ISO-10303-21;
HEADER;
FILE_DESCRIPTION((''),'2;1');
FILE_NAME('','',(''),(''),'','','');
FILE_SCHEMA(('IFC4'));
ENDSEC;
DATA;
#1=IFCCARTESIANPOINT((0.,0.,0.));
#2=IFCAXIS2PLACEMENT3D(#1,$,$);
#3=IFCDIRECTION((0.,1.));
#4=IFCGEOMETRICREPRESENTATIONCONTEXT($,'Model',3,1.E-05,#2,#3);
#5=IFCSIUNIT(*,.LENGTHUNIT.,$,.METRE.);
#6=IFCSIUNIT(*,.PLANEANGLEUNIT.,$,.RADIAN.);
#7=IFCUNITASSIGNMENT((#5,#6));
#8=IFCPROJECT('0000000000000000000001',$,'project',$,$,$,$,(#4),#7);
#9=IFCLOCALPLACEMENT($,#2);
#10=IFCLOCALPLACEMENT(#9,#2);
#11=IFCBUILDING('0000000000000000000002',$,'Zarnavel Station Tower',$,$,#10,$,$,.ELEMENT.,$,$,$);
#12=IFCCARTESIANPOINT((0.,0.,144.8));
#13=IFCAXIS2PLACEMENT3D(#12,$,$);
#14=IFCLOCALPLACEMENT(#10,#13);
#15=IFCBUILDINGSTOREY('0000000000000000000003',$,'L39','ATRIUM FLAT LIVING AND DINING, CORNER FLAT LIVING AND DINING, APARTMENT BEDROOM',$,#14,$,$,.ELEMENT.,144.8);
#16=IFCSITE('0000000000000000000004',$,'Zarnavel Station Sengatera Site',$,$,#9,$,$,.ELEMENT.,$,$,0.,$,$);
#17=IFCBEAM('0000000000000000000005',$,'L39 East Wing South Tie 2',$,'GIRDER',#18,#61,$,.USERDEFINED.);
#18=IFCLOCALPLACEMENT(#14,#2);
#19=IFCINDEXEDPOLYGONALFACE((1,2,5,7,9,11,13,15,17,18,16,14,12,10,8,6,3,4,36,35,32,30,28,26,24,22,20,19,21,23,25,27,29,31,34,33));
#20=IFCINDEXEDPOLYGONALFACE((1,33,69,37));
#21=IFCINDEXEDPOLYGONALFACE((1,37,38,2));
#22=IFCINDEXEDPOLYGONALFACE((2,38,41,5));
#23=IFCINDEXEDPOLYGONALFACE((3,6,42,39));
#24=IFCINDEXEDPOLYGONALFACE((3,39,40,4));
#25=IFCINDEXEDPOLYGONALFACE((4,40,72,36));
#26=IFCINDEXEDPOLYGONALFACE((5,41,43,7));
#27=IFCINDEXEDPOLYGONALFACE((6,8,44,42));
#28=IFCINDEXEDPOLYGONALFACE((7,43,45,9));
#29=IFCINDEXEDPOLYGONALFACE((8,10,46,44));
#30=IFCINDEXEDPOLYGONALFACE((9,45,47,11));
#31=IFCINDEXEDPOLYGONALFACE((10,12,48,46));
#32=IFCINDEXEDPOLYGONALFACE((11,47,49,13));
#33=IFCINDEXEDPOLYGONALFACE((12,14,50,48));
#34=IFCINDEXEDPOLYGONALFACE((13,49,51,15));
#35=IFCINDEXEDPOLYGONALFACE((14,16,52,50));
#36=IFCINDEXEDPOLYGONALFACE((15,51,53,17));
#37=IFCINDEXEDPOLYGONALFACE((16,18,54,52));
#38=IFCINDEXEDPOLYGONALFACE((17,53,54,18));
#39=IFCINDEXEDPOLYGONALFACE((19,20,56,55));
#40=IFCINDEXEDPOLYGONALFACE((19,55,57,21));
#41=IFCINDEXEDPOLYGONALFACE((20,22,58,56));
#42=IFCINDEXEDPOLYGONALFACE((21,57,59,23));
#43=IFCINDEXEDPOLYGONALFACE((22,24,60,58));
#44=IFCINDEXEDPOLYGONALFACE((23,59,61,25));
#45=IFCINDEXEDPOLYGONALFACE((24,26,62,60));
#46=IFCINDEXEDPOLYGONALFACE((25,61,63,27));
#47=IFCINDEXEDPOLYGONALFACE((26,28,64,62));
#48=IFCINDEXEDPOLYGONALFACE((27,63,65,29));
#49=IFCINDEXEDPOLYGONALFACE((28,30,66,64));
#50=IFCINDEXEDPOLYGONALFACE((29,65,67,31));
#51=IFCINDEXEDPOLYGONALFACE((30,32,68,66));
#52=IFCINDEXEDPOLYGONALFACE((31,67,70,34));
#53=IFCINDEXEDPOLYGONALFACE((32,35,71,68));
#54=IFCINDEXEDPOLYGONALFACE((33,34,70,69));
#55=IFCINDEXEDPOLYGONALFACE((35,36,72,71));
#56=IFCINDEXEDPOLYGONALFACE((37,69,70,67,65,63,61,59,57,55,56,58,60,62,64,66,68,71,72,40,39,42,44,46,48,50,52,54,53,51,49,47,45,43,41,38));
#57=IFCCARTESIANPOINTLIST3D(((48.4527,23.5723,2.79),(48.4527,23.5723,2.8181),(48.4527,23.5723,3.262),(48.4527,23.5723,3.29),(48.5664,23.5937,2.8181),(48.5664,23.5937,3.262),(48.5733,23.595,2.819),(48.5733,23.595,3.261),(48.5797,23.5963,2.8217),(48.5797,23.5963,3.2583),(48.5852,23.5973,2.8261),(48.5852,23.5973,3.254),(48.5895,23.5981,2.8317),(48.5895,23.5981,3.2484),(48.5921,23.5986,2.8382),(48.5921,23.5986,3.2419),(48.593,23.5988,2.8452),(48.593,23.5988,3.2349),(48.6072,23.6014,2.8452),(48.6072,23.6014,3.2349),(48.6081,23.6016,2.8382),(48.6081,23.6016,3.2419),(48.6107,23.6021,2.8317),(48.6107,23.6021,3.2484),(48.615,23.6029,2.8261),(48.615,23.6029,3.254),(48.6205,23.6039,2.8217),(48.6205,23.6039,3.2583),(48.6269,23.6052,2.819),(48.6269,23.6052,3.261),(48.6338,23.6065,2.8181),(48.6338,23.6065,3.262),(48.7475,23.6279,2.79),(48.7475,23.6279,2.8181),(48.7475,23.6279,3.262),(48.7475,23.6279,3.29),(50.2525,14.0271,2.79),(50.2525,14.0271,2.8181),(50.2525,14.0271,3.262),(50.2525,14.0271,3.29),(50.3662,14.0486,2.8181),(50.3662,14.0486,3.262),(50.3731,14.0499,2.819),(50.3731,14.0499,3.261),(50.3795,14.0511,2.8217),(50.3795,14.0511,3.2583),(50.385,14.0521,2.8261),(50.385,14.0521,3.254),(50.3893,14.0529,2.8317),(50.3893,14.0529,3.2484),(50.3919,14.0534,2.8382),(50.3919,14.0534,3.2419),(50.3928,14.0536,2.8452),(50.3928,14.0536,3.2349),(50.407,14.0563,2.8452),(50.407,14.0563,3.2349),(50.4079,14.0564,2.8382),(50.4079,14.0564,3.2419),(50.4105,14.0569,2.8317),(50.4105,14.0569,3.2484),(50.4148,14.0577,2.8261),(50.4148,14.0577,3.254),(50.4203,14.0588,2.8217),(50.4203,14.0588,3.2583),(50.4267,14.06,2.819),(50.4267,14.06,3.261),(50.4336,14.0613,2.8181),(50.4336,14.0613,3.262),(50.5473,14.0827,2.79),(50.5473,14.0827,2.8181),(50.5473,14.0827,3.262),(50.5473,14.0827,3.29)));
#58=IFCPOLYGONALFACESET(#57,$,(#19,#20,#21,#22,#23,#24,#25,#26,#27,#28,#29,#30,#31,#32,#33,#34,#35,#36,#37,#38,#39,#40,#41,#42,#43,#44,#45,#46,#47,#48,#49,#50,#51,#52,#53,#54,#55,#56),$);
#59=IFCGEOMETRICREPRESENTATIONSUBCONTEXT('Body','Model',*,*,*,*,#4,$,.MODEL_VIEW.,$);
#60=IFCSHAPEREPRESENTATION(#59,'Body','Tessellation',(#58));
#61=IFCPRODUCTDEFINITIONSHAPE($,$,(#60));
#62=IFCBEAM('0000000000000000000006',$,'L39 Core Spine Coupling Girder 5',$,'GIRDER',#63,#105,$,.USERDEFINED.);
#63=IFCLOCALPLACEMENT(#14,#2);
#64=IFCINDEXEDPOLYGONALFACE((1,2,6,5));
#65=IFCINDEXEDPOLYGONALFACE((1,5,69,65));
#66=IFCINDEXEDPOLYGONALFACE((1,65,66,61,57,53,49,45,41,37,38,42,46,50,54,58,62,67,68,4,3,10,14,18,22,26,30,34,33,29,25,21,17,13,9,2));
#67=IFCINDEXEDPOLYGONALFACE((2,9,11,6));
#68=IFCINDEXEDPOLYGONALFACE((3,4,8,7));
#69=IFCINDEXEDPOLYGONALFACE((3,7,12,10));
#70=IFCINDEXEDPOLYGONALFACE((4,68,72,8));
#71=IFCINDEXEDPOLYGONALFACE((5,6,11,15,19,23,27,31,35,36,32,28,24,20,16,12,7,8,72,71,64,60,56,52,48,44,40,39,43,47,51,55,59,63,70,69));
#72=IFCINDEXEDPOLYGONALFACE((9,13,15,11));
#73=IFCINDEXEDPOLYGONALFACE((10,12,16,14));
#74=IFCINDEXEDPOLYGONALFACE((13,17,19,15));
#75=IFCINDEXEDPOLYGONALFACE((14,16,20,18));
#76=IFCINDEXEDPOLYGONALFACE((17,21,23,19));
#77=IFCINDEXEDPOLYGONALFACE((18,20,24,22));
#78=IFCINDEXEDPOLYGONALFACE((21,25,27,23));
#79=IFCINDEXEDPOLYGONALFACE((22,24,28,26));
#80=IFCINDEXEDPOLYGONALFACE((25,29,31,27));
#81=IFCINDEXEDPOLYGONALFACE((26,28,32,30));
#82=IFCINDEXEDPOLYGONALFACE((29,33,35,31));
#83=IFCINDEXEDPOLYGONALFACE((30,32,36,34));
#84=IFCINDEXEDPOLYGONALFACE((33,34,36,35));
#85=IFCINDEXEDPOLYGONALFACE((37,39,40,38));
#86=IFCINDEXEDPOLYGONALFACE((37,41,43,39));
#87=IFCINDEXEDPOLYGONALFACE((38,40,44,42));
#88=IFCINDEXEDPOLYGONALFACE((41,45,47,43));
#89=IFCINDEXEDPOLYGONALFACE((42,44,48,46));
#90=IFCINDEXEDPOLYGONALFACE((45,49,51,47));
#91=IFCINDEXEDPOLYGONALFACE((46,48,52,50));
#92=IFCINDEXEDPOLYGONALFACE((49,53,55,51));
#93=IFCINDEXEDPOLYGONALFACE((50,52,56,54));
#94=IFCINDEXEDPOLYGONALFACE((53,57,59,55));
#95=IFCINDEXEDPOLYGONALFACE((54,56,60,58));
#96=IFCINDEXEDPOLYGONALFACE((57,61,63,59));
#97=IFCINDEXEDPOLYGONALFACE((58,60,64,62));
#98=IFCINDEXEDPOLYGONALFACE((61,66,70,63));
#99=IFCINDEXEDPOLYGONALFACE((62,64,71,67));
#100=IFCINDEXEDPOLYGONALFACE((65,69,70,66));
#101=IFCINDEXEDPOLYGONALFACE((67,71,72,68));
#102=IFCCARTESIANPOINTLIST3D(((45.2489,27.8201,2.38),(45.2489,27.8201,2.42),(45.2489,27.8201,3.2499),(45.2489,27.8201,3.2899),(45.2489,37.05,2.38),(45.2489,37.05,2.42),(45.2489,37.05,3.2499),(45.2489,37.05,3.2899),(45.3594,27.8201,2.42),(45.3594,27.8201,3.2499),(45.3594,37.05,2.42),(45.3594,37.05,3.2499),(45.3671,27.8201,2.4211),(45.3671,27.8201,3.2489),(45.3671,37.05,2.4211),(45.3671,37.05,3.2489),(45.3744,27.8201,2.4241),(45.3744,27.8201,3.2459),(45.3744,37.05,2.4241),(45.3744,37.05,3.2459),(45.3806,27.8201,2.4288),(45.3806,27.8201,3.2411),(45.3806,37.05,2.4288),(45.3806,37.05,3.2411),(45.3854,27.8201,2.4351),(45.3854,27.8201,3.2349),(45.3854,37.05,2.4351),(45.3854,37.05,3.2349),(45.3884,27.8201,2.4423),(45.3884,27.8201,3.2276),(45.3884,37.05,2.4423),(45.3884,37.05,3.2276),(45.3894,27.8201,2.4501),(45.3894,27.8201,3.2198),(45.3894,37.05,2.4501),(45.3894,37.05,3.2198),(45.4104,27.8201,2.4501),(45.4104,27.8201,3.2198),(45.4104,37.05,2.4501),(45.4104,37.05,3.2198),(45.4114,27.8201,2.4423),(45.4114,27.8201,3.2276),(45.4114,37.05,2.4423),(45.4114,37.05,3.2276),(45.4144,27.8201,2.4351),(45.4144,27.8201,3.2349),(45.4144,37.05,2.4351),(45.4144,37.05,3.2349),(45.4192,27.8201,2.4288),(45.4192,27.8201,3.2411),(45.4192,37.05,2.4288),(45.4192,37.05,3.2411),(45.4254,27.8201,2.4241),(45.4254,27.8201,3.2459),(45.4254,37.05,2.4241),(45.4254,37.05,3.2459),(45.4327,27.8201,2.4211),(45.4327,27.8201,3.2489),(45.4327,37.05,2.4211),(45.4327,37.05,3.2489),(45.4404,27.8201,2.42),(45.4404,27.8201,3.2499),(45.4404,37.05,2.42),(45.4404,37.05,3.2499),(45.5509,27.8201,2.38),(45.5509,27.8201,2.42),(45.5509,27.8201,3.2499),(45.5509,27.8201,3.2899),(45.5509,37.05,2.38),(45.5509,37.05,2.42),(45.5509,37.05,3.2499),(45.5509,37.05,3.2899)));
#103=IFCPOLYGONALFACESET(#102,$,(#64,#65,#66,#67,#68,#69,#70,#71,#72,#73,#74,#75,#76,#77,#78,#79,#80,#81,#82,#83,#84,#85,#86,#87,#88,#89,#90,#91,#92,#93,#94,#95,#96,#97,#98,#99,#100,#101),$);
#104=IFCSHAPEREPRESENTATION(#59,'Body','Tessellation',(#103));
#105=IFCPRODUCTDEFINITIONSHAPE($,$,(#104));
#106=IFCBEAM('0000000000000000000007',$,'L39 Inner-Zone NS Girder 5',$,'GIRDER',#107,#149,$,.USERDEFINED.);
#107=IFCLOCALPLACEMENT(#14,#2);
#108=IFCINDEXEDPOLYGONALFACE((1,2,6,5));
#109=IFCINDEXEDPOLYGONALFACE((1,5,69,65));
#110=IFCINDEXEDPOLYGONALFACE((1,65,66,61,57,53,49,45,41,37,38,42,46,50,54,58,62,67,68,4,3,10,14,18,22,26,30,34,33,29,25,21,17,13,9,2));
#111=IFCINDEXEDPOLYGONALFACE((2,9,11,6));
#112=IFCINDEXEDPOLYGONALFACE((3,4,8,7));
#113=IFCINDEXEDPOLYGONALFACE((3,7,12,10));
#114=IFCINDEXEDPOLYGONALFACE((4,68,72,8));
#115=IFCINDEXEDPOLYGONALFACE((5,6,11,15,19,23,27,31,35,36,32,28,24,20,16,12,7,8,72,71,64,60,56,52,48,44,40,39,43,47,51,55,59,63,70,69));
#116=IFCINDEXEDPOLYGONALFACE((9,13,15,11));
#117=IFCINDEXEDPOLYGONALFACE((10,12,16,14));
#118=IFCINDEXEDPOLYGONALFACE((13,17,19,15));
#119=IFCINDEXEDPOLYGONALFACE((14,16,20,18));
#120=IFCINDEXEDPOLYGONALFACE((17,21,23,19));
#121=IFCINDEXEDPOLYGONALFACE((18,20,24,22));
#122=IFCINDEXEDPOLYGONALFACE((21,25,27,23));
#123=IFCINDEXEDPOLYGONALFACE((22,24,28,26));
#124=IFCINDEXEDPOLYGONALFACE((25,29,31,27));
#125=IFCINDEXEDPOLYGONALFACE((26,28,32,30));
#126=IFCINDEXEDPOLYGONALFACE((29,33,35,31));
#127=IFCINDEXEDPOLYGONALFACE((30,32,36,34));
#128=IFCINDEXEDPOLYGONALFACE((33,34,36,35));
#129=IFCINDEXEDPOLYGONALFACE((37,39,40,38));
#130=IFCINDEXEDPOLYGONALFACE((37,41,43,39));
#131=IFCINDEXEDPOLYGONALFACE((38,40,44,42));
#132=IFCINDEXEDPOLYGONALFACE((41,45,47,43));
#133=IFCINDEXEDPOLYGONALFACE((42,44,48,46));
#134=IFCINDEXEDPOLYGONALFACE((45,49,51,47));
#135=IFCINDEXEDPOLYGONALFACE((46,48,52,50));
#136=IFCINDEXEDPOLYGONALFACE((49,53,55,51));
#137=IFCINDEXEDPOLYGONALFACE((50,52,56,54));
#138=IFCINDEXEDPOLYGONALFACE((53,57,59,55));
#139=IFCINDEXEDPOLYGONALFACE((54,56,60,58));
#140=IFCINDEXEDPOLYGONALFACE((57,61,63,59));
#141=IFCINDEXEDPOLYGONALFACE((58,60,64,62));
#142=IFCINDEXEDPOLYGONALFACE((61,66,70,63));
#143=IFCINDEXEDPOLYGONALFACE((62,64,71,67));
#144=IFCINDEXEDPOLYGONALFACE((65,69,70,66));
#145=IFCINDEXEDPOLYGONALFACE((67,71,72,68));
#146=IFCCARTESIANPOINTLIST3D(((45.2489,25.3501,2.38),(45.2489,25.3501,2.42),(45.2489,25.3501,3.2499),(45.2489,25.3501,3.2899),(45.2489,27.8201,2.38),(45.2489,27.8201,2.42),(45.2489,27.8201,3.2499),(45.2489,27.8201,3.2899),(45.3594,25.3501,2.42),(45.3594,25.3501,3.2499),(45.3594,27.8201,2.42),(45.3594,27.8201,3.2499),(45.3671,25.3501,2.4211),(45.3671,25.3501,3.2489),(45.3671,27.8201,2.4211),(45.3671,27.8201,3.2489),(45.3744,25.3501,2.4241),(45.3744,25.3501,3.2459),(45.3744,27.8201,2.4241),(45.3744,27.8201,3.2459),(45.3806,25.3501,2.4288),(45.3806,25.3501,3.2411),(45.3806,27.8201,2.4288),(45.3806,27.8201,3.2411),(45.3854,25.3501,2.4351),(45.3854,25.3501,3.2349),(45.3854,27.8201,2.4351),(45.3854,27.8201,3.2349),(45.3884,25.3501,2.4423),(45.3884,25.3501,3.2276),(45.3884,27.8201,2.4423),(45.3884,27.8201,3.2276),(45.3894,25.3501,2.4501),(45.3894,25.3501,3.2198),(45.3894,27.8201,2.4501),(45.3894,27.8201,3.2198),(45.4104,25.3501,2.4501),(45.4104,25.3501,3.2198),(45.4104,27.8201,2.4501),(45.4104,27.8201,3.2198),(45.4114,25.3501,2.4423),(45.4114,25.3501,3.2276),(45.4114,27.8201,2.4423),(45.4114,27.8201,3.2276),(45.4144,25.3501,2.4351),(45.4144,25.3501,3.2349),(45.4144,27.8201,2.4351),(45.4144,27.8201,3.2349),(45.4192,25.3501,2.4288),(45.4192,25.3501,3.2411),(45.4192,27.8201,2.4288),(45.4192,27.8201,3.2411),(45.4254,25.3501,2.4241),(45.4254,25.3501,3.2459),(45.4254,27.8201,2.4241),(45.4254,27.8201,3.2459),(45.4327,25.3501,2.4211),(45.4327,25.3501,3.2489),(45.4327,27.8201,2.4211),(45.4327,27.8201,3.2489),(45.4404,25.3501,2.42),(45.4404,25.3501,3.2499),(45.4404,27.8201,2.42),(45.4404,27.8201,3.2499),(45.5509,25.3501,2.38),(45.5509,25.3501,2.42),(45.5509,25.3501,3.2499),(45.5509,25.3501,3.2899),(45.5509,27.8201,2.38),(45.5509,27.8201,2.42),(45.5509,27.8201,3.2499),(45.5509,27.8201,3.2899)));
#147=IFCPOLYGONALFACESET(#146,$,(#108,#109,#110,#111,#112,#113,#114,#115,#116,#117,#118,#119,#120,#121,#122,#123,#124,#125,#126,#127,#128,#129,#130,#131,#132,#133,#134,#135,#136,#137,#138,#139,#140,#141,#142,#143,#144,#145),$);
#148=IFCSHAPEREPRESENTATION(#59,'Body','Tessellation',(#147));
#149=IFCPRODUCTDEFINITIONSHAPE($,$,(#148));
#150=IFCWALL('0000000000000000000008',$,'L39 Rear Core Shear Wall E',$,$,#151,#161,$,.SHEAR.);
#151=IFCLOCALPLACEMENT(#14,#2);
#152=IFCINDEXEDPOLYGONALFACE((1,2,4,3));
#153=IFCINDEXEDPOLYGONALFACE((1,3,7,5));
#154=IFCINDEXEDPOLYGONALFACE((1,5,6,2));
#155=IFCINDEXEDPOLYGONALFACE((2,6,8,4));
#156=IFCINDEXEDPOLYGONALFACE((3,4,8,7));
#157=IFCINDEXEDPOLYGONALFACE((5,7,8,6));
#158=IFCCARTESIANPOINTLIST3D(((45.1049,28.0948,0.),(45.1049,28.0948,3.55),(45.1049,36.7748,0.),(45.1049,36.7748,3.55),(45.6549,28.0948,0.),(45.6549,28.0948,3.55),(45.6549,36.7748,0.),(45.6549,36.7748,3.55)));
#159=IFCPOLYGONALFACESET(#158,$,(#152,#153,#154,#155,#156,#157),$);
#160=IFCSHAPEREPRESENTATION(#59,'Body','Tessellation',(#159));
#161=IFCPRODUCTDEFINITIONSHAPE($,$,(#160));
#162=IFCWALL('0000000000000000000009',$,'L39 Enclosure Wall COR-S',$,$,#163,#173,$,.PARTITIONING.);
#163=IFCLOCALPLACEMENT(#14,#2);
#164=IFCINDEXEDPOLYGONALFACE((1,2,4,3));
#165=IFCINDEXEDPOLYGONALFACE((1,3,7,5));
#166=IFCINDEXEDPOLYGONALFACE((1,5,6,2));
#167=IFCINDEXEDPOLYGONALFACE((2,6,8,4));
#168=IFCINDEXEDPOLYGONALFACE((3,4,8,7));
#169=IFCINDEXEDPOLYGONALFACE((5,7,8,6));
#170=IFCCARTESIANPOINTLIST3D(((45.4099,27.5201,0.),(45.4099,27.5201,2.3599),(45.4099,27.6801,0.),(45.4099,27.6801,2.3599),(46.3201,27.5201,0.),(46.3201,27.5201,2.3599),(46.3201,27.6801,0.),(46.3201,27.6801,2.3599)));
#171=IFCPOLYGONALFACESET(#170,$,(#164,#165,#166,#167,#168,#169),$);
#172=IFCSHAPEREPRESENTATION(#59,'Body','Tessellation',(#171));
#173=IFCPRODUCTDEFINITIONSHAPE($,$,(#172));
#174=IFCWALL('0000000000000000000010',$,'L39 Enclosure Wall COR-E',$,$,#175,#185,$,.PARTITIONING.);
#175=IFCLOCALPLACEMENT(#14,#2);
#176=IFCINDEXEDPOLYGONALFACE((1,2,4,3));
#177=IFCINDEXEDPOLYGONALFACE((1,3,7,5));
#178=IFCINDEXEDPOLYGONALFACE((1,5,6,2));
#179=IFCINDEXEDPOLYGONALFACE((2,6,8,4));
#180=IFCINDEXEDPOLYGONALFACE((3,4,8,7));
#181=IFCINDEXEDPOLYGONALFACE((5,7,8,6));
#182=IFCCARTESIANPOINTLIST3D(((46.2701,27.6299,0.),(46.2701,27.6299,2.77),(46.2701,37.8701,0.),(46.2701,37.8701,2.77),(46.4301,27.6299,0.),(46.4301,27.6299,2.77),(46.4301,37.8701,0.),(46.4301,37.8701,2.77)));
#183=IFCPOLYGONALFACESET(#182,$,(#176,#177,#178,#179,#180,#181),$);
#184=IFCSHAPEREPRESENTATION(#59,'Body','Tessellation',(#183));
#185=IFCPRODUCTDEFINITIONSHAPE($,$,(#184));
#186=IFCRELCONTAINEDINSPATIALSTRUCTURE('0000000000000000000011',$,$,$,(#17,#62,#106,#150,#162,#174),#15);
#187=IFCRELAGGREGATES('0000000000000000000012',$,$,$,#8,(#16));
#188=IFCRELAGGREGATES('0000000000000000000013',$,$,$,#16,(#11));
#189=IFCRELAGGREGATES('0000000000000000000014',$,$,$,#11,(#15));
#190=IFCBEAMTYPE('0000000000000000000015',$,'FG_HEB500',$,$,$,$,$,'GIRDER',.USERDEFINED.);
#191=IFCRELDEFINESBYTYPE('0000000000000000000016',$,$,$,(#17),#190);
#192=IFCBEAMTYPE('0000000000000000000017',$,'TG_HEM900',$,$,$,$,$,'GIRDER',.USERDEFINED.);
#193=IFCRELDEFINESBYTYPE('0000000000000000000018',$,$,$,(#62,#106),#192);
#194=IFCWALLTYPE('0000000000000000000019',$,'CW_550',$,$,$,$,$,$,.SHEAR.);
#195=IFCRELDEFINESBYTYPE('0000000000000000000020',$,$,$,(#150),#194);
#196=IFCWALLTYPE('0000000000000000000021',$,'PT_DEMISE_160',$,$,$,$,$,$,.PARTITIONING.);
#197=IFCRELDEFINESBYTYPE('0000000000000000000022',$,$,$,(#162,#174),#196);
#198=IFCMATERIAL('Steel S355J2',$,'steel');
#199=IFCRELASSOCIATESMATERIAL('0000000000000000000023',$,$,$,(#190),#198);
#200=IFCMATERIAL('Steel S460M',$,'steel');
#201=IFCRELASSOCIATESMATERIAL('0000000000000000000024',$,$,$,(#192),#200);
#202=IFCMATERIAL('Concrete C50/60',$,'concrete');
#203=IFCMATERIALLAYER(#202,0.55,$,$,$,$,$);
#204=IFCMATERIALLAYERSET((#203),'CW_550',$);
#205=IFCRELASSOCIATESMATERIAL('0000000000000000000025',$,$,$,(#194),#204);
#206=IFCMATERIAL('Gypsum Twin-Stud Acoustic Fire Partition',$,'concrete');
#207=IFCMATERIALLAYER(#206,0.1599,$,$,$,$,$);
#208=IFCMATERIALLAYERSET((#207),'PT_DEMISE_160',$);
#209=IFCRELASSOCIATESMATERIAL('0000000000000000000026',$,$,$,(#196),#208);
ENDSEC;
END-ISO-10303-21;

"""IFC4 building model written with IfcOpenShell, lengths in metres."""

from ifc_helpers import new_model, si_unit, direction, frame, frame_2d, origin, origin_2d, place, context, subcontext, project, spatial, rectangle, i_section, extrude, material, layer, layer_set, material_profile, profile_set, type_object, element, save


model = new_model("IFC4")

# Units and contexts
model_context = context("Model", 3, precision=1e-05, world=origin(), true_north=direction((0.0, 1.0)))
body_context = subcontext(model_context, "Body", "Model", "MODEL_VIEW")
ifc_project = project(units=[si_unit("LENGTHUNIT", "METRE"), si_unit("PLANEANGLEUNIT", "RADIAN")], contexts=[model_context])

# Site, building, storey
site_placement = place(None, origin())
site = spatial("IfcSite", under=ifc_project, at=site_placement, Name="Zarnavel Station Sengatera Site", CompositionType="ELEMENT", RefElevation=0.0)
building_placement = place(site_placement, origin())
building = spatial("IfcBuilding", under=site, at=building_placement, Name="Zarnavel Station Tower", CompositionType="ELEMENT")
storey_placement = place(building_placement, frame((0.0, 0.0, 144.8)))
storey = spatial("IfcBuildingStorey", under=building, at=storey_placement, Name="L39", Description="ATRIUM FLAT LIVING AND DINING, CORNER FLAT LIVING AND DINING, APARTMENT BEDROOM", CompositionType="ELEMENT", Elevation=144.8)

# Beams
ifc_material_1 = material(Name="Steel S355J2", Category="steel")
ifc_material_profile_1 = material_profile(ifc_material_1, i_section(OverallWidth=0.3, OverallDepth=0.5, WebThickness=0.0144, FlangeThickness=0.0281, FilletRadius=0.0271, at=origin_2d()), Name="HEB500")
ifc_profile_set_1 = profile_set([ifc_material_profile_1], Name="Steel S355J2")
beam_type_1 = type_object("IfcBeamType", Name="FG_HEB500", ElementType="GIRDER", PredefinedType="USERDEFINED", material=ifc_profile_set_1)
beam_1_placement = place(storey_placement, frame((48.6001, 23.6001, 3.04), z_axis=(0.185292, -0.982684, 0.0), x_axis=(0.982684, 0.185292, 0.0)))
element("IfcBeam", 1, at=beam_1_placement, inside=storey, type_object=beam_type_1, Name="L39 East Wing South Tie 2", ObjectType="GIRDER", PredefinedType="USERDEFINED", context=body_context, shape_type="SweptSolid", body=[
    extrude(i_section(OverallWidth=0.3, OverallDepth=0.5, WebThickness=0.0144, FlangeThickness=0.0281, FilletRadius=0.0271, at=origin_2d()), origin(), (0.0, 0.0, 1.0), 9.7134),
])
ifc_material_2 = material(Name="Steel S460M", Category="steel")
ifc_material_profile_2 = material_profile(ifc_material_2, i_section(OverallWidth=0.302, OverallDepth=0.9099, WebThickness=0.021, FlangeThickness=0.04, FilletRadius=0.03, at=origin_2d()), Name="HEM900")
ifc_profile_set_2 = profile_set([ifc_material_profile_2], Name="Steel S460M")
beam_type_2 = type_object("IfcBeamType", Name="TG_HEM900", ElementType="GIRDER", PredefinedType="USERDEFINED", material=ifc_profile_set_2)
beam_2_placement = place(storey_placement, frame((45.3999, 27.8201, 2.835), z_axis=(0.0, 1.0, 0.0), x_axis=(-1.0, 0.0, 0.0)))
element("IfcBeam", 2, at=beam_2_placement, inside=storey, type_object=beam_type_2, Name="L39 Core Spine Coupling Girder 5", ObjectType="GIRDER", PredefinedType="USERDEFINED", context=body_context, shape_type="SweptSolid", body=[
    extrude(i_section(OverallWidth=0.302, OverallDepth=0.9099, WebThickness=0.021, FlangeThickness=0.04, FilletRadius=0.03, at=origin_2d()), origin(), (0.0, 0.0, 1.0), 9.23),
])
beam_3_placement = place(storey_placement, frame((45.3999, 25.3501, 2.835), z_axis=(0.0, 1.0, 0.0), x_axis=(-1.0, 0.0, 0.0)))
element("IfcBeam", 3, at=beam_3_placement, inside=storey, type_object=beam_type_2, Name="L39 Inner-Zone NS Girder 5", ObjectType="GIRDER", PredefinedType="USERDEFINED", context=body_context, shape_type="SweptSolid", body=[
    extrude(i_section(OverallWidth=0.302, OverallDepth=0.9099, WebThickness=0.021, FlangeThickness=0.04, FilletRadius=0.03, at=origin_2d()), origin(), (0.0, 0.0, 1.0), 2.47),
])

# Shared definitions
ifc_material_3 = material(Name="Concrete C50/60", Category="concrete")
ifc_layer_1 = layer(ifc_material_3, 0.55)
ifc_layer_set_1 = layer_set([ifc_layer_1], Name="CW_550")
wall_type_1 = type_object("IfcWallType", Name="CW_550", PredefinedType="SHEAR", material=ifc_layer_set_1)

# Wall
wall_1_placement = place(storey_placement, frame((45.3799, 28.095, 0.0), z_axis=(0.0, 0.0, 1.0), x_axis=(0.0, 1.0, 0.0)))
element("IfcWall", 4, at=wall_1_placement, inside=storey, type_object=wall_type_1, Name="L39 Rear Core Shear Wall E", PredefinedType="SHEAR", context=body_context, shape_type="SweptSolid", body=[
    extrude(rectangle(XDim=8.6799, YDim=0.55, at=frame_2d((4.3398, 0.0))), origin(), (0.0, 0.0, 1.0), 3.55),
])

# Shared definitions
ifc_material_4 = material(Name="Gypsum Twin-Stud Acoustic Fire Partition", Category="concrete")
ifc_layer_2 = layer(ifc_material_4, 0.1599)
ifc_layer_set_2 = layer_set([ifc_layer_2], Name="PT_DEMISE_160")
wall_type_2 = type_object("IfcWallType", Name="PT_DEMISE_160", PredefinedType="PARTITIONING", material=ifc_layer_set_2)

# Walls
wall_2_placement = place(storey_placement, frame((45.4099, 27.6001, 0.0), z_axis=(0.0, 0.0, 1.0), x_axis=(1.0, 0.0, 0.0)))
element("IfcWall", 5, at=wall_2_placement, inside=storey, type_object=wall_type_2, Name="L39 Enclosure Wall COR-S", PredefinedType="PARTITIONING", context=body_context, shape_type="SweptSolid", body=[
    extrude(rectangle(XDim=0.9102, YDim=0.1599, at=frame_2d((0.4551, 0.0))), origin(), (0.0, 0.0, 1.0), 2.3599),
])
wall_3_placement = place(storey_placement, frame((46.3501, 27.6299, 0.0), z_axis=(0.0, 0.0, 1.0), x_axis=(0.0, 1.0, 0.0)))
element("IfcWall", 6, at=wall_3_placement, inside=storey, type_object=wall_type_2, Name="L39 Enclosure Wall COR-E", PredefinedType="PARTITIONING", context=body_context, shape_type="SweptSolid", body=[
    extrude(rectangle(XDim=10.2402, YDim=0.1599, at=frame_2d((5.1201, 0.0))), origin(), (0.0, 0.0, 1.0), 2.77),
])

save(model, "model.ifc")
